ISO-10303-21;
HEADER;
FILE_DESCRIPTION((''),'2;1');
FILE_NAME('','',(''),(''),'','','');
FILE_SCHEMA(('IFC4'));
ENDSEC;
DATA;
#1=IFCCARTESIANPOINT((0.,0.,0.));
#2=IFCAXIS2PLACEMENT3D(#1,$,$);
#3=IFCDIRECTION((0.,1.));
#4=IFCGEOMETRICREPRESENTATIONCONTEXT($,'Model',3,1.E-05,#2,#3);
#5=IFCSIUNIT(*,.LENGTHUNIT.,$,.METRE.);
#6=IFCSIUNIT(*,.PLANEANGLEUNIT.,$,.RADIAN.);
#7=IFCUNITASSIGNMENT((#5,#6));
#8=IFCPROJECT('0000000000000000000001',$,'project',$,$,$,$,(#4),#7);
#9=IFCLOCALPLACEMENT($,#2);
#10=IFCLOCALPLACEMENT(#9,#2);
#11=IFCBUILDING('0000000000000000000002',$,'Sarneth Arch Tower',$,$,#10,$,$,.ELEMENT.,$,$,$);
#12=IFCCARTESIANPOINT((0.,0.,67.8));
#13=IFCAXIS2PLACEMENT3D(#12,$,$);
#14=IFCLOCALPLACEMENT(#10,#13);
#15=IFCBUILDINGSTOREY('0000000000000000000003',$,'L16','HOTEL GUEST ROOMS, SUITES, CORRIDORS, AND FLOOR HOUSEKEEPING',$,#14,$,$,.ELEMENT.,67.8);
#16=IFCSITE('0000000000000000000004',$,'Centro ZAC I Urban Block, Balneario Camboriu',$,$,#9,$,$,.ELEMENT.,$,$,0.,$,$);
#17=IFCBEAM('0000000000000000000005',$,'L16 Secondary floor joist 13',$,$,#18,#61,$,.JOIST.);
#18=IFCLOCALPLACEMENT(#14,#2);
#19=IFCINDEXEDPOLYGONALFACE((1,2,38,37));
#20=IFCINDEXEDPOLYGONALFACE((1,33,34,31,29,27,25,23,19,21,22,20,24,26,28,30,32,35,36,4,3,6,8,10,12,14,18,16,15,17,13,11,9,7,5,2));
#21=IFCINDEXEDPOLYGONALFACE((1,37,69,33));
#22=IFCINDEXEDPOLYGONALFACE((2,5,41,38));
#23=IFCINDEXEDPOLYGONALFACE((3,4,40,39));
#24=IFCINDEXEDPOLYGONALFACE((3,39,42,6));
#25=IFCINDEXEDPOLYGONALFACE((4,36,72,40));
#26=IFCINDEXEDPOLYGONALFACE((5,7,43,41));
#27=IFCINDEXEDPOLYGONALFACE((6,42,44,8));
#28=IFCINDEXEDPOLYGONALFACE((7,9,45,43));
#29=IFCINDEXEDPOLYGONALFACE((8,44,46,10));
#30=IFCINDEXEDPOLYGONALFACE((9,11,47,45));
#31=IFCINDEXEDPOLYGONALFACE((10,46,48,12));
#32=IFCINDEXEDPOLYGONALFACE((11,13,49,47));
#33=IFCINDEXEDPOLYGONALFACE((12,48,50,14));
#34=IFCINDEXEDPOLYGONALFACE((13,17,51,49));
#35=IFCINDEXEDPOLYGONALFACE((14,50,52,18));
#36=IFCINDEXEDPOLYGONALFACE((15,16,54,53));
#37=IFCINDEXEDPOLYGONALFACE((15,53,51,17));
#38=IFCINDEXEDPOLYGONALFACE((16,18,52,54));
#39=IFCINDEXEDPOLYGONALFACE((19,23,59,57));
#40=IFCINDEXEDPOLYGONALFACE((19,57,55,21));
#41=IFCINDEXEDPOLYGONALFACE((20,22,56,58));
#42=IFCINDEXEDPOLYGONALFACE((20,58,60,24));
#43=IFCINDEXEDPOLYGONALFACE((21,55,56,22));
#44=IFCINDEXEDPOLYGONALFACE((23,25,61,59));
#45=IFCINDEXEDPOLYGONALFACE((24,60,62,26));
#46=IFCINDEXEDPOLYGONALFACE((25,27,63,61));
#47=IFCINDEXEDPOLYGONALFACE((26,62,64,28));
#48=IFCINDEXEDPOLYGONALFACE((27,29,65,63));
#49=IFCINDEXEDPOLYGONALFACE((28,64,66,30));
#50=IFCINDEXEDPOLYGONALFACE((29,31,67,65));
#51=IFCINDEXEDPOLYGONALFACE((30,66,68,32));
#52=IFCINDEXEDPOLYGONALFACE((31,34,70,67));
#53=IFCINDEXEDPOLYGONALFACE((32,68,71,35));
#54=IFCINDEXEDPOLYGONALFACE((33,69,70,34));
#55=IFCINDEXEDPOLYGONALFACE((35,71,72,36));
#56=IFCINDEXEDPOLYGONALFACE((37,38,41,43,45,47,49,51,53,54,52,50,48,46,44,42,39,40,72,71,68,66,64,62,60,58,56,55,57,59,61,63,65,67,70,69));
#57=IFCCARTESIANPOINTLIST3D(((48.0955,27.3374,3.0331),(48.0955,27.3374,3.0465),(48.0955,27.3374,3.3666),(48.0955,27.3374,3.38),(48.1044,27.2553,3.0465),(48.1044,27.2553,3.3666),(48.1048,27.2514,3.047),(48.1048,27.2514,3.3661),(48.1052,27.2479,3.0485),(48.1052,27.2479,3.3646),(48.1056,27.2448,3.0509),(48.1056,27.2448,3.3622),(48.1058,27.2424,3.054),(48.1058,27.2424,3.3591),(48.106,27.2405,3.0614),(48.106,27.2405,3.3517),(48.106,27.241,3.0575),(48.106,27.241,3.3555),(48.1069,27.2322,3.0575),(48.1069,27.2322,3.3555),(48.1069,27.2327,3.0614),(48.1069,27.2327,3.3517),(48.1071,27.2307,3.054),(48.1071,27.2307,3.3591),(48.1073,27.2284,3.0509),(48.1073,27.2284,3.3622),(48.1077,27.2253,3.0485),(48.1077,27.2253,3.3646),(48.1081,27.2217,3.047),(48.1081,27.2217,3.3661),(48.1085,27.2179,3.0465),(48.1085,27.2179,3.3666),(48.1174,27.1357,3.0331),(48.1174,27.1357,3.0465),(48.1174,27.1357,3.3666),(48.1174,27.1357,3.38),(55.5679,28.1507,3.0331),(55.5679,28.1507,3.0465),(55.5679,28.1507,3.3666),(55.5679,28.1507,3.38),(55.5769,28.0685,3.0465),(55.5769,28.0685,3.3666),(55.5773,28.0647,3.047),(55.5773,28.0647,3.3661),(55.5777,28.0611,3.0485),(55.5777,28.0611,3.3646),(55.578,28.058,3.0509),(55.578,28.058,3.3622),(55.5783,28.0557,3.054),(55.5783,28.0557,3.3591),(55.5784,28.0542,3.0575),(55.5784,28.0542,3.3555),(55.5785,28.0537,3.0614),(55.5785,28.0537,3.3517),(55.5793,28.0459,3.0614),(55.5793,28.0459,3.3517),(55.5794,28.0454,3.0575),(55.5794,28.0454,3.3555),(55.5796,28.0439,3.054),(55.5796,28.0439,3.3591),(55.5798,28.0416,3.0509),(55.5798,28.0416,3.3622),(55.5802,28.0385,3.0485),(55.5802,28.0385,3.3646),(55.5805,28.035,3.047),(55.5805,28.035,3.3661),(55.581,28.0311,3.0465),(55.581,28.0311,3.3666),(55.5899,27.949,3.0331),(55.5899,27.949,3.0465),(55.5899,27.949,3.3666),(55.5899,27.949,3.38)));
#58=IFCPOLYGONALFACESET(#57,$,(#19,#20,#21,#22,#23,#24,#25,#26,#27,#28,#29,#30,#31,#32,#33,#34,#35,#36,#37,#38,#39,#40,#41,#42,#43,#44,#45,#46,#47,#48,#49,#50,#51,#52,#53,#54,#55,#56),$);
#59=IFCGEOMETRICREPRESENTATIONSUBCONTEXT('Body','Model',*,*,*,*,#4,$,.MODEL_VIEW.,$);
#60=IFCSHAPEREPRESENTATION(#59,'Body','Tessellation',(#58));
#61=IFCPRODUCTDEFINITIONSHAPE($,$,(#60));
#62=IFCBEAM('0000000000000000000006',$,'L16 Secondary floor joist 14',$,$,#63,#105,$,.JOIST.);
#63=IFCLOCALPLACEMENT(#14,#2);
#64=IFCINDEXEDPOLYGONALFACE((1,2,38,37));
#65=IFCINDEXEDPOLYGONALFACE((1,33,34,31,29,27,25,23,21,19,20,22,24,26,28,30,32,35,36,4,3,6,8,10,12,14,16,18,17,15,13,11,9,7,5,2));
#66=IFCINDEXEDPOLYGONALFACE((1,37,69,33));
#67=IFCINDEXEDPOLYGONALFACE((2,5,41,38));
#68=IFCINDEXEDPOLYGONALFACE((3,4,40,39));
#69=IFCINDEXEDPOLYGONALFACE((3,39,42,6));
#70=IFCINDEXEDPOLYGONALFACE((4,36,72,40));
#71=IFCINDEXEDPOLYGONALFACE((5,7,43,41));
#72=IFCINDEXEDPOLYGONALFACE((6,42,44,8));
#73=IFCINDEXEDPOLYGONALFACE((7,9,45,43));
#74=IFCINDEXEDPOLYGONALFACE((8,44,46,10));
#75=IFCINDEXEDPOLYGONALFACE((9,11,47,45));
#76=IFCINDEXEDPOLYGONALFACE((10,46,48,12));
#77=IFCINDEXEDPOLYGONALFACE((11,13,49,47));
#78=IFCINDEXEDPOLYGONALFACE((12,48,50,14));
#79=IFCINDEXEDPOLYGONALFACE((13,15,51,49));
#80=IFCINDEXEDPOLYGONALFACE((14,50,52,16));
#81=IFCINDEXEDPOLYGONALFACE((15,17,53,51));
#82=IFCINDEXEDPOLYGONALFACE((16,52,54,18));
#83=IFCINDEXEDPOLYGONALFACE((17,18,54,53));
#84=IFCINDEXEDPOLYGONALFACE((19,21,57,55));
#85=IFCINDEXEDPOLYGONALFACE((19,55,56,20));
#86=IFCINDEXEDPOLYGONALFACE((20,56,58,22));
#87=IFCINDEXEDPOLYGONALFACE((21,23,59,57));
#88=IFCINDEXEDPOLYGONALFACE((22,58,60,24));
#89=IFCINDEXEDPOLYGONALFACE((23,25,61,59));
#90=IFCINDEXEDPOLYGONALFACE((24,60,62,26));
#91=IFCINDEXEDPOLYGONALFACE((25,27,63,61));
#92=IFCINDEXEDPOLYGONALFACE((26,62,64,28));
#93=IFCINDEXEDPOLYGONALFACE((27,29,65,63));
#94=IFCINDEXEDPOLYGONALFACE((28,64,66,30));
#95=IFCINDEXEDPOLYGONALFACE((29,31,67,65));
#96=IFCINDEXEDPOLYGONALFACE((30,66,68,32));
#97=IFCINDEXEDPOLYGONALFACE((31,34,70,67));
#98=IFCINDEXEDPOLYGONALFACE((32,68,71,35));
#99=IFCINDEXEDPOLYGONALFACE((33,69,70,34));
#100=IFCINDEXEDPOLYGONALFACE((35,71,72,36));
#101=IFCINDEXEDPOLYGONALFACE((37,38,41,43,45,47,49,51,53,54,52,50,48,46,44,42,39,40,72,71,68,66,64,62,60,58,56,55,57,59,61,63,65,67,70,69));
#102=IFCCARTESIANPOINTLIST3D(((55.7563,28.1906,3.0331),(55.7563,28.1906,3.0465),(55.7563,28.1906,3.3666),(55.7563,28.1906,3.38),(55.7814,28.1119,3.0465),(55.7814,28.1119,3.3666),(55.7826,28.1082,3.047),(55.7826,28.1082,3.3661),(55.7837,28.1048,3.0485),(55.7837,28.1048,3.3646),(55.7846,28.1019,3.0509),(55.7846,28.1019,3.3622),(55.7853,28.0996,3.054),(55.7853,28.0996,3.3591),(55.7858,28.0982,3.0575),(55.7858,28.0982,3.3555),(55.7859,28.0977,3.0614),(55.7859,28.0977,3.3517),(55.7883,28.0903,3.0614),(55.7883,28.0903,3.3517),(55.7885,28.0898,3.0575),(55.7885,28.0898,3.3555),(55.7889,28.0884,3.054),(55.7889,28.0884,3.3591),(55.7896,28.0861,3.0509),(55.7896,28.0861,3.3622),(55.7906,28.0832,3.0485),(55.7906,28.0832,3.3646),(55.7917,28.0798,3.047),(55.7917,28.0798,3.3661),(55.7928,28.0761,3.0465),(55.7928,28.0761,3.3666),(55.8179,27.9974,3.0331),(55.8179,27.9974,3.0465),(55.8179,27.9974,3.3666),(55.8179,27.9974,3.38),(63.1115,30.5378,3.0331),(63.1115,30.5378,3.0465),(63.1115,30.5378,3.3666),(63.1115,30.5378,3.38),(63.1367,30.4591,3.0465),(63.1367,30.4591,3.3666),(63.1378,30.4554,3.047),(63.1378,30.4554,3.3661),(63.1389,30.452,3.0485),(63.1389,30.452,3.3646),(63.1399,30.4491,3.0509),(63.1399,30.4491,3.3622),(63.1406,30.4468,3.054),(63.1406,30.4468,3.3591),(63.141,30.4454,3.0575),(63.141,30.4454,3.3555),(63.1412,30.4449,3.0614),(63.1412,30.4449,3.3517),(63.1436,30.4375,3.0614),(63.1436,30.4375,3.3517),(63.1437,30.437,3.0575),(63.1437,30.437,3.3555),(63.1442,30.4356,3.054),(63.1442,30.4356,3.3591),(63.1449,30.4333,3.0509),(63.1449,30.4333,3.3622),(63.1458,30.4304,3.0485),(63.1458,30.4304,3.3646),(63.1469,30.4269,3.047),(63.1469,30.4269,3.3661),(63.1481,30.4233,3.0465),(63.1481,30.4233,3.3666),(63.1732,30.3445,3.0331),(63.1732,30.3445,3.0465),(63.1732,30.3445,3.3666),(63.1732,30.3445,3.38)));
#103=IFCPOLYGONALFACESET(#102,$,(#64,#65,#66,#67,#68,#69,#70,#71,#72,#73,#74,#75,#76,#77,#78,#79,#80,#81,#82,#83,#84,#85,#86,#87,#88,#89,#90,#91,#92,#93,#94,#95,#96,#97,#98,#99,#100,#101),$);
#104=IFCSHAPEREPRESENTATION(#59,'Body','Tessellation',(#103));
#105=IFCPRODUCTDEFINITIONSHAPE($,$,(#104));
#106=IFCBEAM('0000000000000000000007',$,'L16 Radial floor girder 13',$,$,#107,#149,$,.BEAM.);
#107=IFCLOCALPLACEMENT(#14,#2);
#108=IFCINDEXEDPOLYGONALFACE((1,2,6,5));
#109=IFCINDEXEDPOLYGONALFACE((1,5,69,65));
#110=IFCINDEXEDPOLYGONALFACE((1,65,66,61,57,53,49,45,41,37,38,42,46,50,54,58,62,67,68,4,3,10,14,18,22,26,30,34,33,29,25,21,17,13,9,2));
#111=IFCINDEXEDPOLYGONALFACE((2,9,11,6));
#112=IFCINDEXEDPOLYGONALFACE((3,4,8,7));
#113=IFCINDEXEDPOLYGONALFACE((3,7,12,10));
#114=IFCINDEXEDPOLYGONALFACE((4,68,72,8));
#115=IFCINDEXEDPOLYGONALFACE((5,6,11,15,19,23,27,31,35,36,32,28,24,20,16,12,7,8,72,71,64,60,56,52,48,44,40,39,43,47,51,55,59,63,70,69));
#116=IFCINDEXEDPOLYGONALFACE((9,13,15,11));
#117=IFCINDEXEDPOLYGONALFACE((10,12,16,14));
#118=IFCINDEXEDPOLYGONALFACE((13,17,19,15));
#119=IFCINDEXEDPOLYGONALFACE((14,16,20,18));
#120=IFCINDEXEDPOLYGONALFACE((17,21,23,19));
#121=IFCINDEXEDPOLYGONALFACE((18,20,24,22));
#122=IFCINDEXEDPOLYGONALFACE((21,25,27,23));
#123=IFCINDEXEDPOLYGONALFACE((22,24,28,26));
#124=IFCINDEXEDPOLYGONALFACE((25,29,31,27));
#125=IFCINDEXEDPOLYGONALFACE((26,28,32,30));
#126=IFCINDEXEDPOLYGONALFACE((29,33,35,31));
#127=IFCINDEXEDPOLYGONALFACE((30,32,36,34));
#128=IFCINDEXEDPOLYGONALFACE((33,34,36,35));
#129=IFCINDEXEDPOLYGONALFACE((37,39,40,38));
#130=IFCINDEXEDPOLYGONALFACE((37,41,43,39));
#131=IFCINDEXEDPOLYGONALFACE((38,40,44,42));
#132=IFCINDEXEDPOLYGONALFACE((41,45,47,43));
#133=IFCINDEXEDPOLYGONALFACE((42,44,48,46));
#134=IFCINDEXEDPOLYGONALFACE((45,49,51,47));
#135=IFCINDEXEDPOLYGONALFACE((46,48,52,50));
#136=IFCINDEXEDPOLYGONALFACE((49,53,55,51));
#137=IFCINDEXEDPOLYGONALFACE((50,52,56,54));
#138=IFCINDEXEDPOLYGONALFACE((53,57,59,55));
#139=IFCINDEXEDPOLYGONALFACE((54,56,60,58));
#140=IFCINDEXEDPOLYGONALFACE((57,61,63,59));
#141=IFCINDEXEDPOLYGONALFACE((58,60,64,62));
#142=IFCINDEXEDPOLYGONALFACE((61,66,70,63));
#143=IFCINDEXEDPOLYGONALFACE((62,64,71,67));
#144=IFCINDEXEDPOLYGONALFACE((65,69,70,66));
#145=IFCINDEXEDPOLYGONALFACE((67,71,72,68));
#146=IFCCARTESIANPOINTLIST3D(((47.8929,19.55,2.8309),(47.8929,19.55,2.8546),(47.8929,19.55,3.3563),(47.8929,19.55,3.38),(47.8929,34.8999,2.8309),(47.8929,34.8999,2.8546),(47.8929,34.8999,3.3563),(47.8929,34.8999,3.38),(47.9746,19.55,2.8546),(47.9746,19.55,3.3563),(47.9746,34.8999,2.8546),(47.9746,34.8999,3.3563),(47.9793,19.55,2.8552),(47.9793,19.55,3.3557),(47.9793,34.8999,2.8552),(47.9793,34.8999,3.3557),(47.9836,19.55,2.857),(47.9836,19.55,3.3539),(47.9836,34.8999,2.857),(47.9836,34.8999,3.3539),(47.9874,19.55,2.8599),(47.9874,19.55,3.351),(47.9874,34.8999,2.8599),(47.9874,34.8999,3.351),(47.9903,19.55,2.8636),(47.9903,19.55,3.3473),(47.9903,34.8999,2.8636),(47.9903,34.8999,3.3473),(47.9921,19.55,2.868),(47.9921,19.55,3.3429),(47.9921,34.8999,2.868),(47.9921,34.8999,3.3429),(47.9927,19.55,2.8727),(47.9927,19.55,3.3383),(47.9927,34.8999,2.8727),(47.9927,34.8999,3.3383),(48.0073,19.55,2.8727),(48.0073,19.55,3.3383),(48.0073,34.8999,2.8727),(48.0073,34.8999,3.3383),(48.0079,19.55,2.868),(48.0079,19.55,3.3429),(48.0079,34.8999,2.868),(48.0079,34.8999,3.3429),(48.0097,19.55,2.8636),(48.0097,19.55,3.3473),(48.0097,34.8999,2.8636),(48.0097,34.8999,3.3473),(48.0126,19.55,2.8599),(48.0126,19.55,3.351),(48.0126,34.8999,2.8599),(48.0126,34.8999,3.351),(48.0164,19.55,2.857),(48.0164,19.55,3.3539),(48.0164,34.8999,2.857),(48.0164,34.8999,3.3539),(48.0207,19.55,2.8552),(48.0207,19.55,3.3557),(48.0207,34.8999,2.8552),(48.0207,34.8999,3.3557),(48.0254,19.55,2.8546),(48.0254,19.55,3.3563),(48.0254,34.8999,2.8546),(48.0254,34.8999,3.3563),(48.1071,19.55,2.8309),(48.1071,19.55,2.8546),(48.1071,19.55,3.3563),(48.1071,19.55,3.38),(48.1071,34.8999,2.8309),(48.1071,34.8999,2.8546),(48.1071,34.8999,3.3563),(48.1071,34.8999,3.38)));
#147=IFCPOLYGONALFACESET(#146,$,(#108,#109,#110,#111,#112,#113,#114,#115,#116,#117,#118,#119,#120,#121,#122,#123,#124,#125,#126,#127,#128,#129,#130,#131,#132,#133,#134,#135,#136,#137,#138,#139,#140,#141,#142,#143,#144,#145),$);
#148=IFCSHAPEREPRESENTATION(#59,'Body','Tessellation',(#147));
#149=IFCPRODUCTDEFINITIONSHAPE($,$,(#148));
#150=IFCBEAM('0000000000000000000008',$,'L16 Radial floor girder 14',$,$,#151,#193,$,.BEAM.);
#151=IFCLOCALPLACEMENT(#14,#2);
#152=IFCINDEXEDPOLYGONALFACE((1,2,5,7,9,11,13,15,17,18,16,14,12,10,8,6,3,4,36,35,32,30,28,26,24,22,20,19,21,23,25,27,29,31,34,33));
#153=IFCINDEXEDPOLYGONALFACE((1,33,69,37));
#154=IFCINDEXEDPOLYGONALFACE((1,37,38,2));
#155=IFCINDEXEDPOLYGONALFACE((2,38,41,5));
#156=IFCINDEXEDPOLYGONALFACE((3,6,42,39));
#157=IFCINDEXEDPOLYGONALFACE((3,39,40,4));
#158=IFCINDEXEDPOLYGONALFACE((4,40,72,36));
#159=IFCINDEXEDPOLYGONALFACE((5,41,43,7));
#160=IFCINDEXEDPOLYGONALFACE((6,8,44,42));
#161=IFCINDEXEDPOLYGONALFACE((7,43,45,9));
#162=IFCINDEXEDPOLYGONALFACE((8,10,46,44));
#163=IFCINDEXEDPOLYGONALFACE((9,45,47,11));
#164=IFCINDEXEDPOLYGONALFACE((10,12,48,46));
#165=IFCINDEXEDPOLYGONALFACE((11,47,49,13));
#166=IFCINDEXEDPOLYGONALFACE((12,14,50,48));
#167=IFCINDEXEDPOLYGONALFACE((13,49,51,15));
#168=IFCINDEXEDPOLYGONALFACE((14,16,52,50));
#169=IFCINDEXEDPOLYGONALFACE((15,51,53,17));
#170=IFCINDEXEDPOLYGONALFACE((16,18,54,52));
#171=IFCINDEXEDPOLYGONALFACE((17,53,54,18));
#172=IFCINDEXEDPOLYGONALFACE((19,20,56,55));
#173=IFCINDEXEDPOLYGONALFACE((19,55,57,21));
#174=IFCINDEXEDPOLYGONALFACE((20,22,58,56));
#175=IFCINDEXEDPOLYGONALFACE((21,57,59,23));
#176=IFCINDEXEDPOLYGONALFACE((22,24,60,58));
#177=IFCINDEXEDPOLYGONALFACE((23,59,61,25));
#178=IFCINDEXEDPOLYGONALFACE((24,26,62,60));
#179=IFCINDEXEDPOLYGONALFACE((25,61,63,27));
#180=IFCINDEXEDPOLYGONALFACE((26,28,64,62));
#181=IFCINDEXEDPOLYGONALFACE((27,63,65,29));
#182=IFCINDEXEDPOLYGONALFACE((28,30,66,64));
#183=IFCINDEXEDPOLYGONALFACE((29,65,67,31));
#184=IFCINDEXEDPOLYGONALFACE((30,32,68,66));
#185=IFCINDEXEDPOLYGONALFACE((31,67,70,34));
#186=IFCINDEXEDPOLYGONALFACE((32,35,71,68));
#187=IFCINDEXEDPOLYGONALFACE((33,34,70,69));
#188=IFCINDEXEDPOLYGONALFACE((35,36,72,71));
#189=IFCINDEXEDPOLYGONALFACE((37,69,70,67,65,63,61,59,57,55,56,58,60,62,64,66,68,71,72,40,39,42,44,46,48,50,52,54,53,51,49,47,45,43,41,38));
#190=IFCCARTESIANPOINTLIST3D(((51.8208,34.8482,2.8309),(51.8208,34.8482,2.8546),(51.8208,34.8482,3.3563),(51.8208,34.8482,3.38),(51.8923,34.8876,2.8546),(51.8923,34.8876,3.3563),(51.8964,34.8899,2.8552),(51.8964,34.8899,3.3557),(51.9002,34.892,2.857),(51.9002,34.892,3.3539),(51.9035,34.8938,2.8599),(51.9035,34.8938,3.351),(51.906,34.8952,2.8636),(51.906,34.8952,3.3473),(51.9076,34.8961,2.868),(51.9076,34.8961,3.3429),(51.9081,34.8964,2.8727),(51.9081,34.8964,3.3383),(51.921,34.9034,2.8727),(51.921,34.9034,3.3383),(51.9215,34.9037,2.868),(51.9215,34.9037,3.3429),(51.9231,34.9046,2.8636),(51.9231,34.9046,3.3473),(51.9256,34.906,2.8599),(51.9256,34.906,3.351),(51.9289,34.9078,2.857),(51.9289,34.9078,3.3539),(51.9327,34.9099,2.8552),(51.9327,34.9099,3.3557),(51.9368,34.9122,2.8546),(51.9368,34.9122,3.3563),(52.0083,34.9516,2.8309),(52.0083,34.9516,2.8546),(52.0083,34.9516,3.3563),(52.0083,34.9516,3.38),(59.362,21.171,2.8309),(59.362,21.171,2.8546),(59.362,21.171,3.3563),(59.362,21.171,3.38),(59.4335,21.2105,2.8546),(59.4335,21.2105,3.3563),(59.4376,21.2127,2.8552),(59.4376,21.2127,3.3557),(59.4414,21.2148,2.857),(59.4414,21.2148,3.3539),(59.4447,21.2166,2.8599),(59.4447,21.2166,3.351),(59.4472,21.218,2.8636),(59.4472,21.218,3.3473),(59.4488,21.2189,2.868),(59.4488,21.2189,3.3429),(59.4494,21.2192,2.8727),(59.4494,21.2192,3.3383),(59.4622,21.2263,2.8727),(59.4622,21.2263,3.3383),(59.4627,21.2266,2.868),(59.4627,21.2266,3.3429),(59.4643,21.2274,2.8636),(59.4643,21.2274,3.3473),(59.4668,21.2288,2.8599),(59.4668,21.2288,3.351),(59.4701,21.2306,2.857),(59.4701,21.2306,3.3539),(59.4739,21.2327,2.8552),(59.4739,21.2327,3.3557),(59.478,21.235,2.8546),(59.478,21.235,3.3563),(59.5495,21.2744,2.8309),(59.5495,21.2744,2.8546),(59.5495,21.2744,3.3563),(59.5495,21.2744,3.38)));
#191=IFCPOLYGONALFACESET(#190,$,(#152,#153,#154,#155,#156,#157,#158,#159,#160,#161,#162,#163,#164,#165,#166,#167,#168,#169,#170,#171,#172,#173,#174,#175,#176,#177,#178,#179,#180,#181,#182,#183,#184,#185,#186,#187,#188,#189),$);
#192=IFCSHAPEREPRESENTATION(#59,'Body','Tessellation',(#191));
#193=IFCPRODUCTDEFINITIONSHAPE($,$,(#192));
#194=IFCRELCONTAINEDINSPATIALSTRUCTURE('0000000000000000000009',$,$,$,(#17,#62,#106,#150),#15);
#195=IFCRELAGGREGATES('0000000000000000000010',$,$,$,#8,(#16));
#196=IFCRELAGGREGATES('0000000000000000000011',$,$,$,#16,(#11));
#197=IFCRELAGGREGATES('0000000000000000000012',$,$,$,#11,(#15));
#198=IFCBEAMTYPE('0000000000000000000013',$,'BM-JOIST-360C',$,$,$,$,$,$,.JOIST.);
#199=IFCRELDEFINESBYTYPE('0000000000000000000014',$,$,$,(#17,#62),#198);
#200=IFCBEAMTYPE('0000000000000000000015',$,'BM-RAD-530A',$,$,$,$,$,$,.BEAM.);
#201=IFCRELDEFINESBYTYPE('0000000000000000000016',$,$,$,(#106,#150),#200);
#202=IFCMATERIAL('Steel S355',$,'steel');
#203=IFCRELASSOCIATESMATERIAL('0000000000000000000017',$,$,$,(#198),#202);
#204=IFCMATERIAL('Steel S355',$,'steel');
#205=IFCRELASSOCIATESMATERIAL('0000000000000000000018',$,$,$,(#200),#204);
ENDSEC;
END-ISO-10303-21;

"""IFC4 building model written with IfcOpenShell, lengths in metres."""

from ifc_helpers import new_model, si_unit, direction, frame, origin, origin_2d, place, context, subcontext, project, spatial, i_section, extrude, material, material_profile, profile_set, type_object, element, save


model = new_model("IFC4")

# Units and contexts
model_context = context("Model", 3, precision=1e-05, world=origin(), true_north=direction((0.0, 1.0)))
body_context = subcontext(model_context, "Body", "Model", "MODEL_VIEW")
ifc_project = project(units=[si_unit("LENGTHUNIT", "METRE"), si_unit("PLANEANGLEUNIT", "RADIAN")], contexts=[model_context])

# Site, building, storey
site_placement = place(None, origin())
site = spatial("IfcSite", under=ifc_project, at=site_placement, Name="Centro ZAC I Urban Block, Balneario Camboriu", CompositionType="ELEMENT", RefElevation=0.0)
building_placement = place(site_placement, origin())
building = spatial("IfcBuilding", under=site, at=building_placement, Name="Sarneth Arch Tower", CompositionType="ELEMENT")
storey_placement = place(building_placement, frame((0.0, 0.0, 67.8)))
storey = spatial("IfcBuildingStorey", under=building, at=storey_placement, Name="L16", Description="HOTEL GUEST ROOMS, SUITES, CORRIDORS, AND FLOOR HOUSEKEEPING", CompositionType="ELEMENT", Elevation=67.8)

# Beams
ifc_material_1 = material(Name="Steel S355", Category="steel")
ifc_material_profile_1 = material_profile(ifc_material_1, i_section(OverallWidth=0.2029, OverallDepth=0.3469, WebThickness=0.0078, FlangeThickness=0.0134, FilletRadius=0.0149, at=origin_2d()), Name="W360x64")
ifc_profile_set_1 = profile_set([ifc_material_profile_1], Name="Steel S355")
beam_type_1 = type_object("IfcBeamType", Name="BM-JOIST-360C", PredefinedType="JOIST", material=ifc_profile_set_1)
beam_1_placement = place(storey_placement, frame((48.1064, 27.2366, 3.2065), z_axis=(0.99413, 0.108192, 0.0), x_axis=(-0.108192, 0.99413, 0.0)))
element("IfcBeam", 1, at=beam_1_placement, inside=storey, type_object=beam_type_1, Name="L16 Secondary floor joist 13", PredefinedType="JOIST", context=body_context, shape_type="SweptSolid", body=[
    extrude(i_section(OverallWidth=0.2029, OverallDepth=0.3469, WebThickness=0.0078, FlangeThickness=0.0134, FilletRadius=0.0149, at=origin_2d()), origin(), (0.0, 0.0, 1.0), 7.5166),
])
beam_2_placement = place(storey_placement, frame((55.7871, 28.094, 3.2065), z_axis=(0.952668, 0.304011, 0.0), x_axis=(-0.304011, 0.952668, 0.0)))
element("IfcBeam", 2, at=beam_2_placement, inside=storey, type_object=beam_type_1, Name="L16 Secondary floor joist 14", PredefinedType="JOIST", context=body_context, shape_type="SweptSolid", body=[
    extrude(i_section(OverallWidth=0.2029, OverallDepth=0.3469, WebThickness=0.0078, FlangeThickness=0.0134, FilletRadius=0.0149, at=origin_2d()), origin(), (0.0, 0.0, 1.0), 7.7207),
])
ifc_material_2 = material(Name="Steel S355", Category="steel")
ifc_material_profile_2 = material_profile(ifc_material_2, i_section(OverallWidth=0.2141, OverallDepth=0.5491, WebThickness=0.0146, FlangeThickness=0.0237, FilletRadius=0.0181, at=origin_2d()), Name="W530x138")
ifc_profile_set_2 = profile_set([ifc_material_profile_2], Name="Steel S355")
beam_type_2 = type_object("IfcBeamType", Name="BM-RAD-530A", PredefinedType="BEAM", material=ifc_profile_set_2)
beam_3_placement = place(storey_placement, frame((48.0, 34.8999, 3.1055), z_axis=(0.0, -1.0, 0.0), x_axis=(1.0, 0.0, 0.0)))
element("IfcBeam", 3, at=beam_3_placement, inside=storey, type_object=beam_type_2, Name="L16 Radial floor girder 13", PredefinedType="BEAM", context=body_context, shape_type="SweptSolid", body=[
    extrude(i_section(OverallWidth=0.2141, OverallDepth=0.5491, WebThickness=0.0146, FlangeThickness=0.0237, FilletRadius=0.0181, at=origin_2d()), origin(), (0.0, 0.0, 1.0), 15.3499),
])
beam_4_placement = place(storey_placement, frame((51.9146, 34.8999, 3.1055), z_axis=(0.482841, -0.875708, 0.0), x_axis=(0.875708, 0.482841, 0.0)))
element("IfcBeam", 4, at=beam_4_placement, inside=storey, type_object=beam_type_2, Name="L16 Radial floor girder 14", PredefinedType="BEAM", context=body_context, shape_type="SweptSolid", body=[
    extrude(i_section(OverallWidth=0.2141, OverallDepth=0.5491, WebThickness=0.0146, FlangeThickness=0.0237, FilletRadius=0.0181, at=origin_2d()), origin(), (0.0, 0.0, 1.0), 15.6184),
])

save(model, "model.ifc")
